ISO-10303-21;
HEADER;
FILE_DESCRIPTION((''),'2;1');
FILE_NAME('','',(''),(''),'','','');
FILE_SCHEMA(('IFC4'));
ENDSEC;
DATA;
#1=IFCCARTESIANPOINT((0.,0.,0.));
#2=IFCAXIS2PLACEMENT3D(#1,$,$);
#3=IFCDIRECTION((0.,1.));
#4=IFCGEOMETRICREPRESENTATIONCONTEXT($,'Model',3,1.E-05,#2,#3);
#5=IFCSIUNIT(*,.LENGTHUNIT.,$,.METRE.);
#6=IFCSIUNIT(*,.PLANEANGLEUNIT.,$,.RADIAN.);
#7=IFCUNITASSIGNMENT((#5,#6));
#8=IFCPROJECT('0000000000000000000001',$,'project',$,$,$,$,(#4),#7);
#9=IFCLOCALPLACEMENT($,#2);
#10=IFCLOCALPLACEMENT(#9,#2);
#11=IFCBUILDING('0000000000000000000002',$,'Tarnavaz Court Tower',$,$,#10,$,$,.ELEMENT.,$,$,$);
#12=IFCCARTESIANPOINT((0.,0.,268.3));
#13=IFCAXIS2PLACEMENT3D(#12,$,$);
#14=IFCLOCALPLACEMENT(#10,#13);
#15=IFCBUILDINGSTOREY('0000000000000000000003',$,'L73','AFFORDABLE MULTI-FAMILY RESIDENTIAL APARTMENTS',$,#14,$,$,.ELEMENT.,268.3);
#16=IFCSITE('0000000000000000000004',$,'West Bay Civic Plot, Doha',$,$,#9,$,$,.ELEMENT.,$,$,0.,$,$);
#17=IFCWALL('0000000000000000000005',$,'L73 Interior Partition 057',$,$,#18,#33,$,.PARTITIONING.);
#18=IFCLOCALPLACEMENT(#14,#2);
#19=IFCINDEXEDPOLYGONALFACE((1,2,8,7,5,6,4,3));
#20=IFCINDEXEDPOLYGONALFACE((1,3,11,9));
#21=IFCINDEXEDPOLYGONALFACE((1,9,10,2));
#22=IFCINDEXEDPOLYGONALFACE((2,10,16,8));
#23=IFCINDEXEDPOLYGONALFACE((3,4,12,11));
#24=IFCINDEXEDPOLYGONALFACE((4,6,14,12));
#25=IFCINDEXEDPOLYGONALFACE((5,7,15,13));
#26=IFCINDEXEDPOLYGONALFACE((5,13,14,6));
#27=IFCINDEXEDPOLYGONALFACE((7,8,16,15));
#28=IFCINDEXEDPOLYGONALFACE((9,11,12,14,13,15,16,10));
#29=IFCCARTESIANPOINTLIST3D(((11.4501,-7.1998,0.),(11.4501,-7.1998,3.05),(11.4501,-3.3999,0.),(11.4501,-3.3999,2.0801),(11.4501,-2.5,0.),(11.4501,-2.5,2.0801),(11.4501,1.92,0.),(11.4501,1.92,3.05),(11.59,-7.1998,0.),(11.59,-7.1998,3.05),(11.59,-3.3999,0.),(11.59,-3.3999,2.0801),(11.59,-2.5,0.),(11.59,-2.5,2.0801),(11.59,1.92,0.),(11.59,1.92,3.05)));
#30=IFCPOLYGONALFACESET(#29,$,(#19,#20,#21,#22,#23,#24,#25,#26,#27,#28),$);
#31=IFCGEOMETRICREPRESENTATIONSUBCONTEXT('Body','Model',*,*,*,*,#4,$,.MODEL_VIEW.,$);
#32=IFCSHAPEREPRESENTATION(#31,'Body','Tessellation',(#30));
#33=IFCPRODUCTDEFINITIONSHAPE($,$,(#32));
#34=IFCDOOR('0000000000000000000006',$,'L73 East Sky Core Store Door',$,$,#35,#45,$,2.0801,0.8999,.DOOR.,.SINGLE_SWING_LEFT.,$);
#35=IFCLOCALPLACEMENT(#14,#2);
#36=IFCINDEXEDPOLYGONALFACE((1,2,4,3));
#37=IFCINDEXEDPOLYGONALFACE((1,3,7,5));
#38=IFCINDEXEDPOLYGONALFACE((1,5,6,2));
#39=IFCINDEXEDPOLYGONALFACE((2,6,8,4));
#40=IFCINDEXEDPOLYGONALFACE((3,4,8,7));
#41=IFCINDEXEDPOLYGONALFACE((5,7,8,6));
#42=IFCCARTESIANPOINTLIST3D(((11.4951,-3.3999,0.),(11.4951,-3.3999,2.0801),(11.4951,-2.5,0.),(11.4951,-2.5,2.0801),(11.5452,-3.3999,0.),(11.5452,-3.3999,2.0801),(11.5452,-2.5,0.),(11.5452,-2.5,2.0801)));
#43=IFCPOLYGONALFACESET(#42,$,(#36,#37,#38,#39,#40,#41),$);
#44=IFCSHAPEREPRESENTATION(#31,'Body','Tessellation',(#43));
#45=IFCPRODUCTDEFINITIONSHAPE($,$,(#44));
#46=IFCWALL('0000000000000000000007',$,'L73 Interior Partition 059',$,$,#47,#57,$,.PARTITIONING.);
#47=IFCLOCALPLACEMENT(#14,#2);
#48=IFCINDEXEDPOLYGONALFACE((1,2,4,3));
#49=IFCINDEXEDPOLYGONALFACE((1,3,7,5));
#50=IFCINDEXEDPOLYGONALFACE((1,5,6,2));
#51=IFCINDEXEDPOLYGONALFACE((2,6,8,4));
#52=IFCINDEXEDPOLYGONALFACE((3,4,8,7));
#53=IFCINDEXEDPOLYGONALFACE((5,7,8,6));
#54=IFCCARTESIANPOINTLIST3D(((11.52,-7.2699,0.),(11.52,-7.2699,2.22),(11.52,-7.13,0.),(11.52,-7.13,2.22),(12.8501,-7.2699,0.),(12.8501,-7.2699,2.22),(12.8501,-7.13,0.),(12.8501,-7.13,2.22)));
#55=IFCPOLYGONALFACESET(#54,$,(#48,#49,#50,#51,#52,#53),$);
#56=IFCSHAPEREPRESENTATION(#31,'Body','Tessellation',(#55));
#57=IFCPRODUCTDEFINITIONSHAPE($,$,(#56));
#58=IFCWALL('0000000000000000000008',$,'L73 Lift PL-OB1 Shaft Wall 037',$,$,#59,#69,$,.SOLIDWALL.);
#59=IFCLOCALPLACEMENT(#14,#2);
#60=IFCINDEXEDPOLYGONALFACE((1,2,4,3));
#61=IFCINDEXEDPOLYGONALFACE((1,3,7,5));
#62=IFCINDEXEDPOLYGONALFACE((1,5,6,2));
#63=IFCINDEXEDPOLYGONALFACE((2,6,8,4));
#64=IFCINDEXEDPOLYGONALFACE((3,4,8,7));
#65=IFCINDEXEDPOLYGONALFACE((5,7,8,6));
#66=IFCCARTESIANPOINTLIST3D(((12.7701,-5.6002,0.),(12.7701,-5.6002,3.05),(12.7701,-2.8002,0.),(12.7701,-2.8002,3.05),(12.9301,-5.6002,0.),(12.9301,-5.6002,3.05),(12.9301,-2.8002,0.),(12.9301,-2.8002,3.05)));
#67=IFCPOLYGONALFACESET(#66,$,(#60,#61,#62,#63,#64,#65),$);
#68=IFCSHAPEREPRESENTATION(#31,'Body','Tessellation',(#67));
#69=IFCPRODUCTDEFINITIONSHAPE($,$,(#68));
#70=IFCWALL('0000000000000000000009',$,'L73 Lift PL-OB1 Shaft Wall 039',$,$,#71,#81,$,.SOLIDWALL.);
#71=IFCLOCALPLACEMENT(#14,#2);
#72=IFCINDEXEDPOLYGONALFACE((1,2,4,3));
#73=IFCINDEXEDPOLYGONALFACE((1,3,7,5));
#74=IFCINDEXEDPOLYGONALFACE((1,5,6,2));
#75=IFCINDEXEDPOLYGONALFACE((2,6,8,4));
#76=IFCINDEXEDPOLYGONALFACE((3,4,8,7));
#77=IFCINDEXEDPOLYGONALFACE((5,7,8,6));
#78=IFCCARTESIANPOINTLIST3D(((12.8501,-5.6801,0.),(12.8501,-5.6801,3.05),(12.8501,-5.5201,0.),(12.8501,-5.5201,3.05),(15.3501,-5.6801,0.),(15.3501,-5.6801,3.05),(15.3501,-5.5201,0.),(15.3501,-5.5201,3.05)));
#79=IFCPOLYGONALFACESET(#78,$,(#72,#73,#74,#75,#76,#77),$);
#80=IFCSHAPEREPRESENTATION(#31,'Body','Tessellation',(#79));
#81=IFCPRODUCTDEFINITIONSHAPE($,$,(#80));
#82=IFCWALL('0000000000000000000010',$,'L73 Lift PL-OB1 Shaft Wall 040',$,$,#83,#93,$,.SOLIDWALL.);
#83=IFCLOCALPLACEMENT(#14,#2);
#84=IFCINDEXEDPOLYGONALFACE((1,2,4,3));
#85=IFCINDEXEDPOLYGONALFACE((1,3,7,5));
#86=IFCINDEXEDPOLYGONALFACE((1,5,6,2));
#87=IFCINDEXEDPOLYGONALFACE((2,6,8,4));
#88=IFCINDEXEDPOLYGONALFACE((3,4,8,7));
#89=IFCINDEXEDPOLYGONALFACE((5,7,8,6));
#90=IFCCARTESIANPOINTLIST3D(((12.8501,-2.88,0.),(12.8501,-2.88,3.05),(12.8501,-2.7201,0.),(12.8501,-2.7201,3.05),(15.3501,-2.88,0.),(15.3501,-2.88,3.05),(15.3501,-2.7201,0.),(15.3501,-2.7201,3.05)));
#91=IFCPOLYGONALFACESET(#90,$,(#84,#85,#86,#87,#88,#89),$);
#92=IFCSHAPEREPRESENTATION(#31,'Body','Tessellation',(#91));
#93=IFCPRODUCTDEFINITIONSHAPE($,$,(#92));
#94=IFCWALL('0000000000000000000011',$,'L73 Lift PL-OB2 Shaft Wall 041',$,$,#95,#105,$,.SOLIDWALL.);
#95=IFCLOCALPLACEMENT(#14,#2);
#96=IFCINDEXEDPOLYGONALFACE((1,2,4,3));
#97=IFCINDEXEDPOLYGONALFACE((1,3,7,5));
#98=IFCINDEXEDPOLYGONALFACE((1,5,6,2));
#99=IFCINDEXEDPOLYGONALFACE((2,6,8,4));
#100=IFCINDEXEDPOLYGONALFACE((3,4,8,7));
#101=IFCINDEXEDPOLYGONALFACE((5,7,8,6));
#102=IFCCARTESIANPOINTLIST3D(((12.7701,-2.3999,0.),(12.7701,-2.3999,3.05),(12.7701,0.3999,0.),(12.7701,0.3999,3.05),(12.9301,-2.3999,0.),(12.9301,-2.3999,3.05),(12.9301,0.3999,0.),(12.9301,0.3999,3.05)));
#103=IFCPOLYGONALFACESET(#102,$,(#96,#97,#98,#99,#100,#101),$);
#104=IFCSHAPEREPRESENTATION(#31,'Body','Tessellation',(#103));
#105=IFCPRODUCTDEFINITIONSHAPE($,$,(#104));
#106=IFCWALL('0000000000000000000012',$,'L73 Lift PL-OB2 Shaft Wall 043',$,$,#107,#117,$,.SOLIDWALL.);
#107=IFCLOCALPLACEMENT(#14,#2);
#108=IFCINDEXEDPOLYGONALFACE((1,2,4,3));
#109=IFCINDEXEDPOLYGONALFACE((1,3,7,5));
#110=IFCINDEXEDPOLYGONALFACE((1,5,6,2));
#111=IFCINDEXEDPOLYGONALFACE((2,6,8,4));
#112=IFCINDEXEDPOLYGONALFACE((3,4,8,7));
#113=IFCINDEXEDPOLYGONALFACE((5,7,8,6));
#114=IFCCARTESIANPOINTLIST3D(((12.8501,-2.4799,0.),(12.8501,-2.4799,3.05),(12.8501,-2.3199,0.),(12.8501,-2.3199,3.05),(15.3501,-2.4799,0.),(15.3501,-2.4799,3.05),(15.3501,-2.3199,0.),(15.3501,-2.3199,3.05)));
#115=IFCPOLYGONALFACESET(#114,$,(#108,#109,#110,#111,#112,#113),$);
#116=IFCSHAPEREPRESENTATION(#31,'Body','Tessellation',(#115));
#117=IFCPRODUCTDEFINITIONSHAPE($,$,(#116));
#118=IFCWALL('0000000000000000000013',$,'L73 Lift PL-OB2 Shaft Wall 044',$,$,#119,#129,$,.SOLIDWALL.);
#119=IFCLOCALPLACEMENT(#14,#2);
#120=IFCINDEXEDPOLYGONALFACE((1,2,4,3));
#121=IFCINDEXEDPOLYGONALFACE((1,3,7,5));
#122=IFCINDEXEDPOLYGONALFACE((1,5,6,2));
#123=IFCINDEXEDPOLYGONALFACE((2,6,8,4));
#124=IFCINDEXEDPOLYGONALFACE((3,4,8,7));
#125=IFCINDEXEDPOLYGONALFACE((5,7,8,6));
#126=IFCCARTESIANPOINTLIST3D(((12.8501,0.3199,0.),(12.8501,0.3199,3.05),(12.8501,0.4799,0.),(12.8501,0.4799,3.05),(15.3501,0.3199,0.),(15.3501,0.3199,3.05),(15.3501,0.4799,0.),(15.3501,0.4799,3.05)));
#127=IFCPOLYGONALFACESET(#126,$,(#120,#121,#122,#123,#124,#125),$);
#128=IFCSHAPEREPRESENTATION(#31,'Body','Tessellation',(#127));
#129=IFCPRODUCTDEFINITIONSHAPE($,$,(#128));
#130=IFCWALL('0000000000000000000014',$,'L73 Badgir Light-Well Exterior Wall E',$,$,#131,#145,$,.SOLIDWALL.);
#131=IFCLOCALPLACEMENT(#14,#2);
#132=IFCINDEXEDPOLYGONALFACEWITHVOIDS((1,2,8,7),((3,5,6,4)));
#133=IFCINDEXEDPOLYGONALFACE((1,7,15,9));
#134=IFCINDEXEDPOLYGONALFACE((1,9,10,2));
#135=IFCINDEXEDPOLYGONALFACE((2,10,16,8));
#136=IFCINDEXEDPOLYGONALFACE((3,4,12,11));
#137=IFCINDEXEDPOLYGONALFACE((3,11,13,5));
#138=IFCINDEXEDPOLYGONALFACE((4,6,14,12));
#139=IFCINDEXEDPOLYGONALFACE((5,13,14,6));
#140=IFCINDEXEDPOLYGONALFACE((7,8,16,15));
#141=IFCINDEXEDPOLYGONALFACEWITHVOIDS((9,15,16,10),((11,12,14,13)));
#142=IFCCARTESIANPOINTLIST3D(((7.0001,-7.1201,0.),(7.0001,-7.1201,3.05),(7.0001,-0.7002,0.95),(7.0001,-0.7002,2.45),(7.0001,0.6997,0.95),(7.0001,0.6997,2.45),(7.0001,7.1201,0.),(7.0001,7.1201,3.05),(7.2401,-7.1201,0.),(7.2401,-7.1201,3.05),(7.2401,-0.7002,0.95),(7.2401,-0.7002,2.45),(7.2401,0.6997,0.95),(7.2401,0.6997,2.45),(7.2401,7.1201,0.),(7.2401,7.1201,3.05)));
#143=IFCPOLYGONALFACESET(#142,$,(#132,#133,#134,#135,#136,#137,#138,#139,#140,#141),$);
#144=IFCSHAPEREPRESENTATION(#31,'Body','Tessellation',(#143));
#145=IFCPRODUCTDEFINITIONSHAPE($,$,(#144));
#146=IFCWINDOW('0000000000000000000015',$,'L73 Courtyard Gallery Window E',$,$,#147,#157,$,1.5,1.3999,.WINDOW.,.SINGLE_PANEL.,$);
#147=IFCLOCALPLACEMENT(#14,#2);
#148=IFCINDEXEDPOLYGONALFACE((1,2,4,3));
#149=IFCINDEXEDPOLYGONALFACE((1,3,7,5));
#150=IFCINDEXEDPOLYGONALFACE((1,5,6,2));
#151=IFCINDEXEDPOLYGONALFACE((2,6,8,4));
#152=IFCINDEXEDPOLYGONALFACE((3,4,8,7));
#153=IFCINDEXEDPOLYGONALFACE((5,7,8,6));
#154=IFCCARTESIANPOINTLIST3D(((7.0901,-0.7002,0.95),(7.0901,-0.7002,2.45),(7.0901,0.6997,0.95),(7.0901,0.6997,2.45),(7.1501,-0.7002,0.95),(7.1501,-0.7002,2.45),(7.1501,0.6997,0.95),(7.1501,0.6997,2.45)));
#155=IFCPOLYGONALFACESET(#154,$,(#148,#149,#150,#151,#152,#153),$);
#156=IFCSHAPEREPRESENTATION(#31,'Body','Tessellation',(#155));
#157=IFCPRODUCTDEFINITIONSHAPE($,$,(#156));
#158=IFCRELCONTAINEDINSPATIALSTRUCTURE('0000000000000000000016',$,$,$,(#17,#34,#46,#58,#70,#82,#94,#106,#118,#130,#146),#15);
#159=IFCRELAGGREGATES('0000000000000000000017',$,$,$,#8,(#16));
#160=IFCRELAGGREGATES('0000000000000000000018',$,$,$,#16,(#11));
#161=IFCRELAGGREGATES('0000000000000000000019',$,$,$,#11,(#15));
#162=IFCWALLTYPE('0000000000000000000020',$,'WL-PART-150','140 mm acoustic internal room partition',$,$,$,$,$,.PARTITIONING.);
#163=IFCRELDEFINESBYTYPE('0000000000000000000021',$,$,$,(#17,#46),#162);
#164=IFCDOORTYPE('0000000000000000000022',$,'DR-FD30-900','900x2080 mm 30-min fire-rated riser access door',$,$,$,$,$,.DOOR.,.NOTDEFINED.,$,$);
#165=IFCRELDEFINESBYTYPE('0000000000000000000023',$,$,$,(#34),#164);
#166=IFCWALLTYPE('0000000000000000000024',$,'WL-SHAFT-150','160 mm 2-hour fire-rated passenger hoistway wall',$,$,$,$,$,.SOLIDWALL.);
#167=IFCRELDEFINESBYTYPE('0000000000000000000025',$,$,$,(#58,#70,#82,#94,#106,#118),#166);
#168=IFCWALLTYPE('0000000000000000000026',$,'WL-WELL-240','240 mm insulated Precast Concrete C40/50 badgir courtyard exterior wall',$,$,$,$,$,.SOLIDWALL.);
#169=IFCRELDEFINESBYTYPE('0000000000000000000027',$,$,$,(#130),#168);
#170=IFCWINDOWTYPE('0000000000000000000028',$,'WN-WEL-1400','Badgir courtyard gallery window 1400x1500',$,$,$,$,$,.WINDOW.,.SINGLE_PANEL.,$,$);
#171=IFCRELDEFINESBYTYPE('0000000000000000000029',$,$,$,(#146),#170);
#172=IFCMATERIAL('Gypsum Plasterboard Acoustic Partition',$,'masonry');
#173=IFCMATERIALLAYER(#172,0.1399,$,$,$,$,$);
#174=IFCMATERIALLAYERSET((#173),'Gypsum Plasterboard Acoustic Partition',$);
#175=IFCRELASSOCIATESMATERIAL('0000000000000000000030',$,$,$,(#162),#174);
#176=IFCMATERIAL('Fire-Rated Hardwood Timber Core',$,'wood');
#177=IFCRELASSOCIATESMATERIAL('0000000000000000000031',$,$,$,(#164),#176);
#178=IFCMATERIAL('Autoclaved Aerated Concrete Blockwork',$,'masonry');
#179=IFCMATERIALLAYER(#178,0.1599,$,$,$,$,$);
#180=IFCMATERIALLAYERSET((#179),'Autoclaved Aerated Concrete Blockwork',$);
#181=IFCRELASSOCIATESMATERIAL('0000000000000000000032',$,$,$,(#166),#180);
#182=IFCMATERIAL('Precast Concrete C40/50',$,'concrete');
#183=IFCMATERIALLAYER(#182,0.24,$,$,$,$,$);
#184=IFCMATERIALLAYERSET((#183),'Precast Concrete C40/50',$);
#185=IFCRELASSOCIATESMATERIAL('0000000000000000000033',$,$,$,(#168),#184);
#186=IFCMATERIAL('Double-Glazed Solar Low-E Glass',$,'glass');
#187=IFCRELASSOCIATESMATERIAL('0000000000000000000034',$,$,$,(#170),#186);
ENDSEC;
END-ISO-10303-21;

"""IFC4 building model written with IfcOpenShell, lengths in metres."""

from ifc_helpers import new_model, si_unit, direction, frame, frame_2d, origin, place, context, subcontext, project, spatial, rectangle, extrude, material, layer, layer_set, type_object, element, fill, save


model = new_model("IFC4")

# Units and contexts
model_context = context("Model", 3, precision=1e-05, world=origin(), true_north=direction((0.0, 1.0)))
body_context = subcontext(model_context, "Body", "Model", "MODEL_VIEW")
ifc_project = project(units=[si_unit("LENGTHUNIT", "METRE"), si_unit("PLANEANGLEUNIT", "RADIAN")], contexts=[model_context])

# Site, building, storey
site_placement = place(None, origin())
site = spatial("IfcSite", under=ifc_project, at=site_placement, Name="West Bay Civic Plot, Doha", CompositionType="ELEMENT", RefElevation=0.0)
building_placement = place(site_placement, origin())
building = spatial("IfcBuilding", under=site, at=building_placement, Name="Tarnavaz Court Tower", CompositionType="ELEMENT")
storey_placement = place(building_placement, frame((0.0, 0.0, 268.3)))
storey = spatial("IfcBuildingStorey", under=building, at=storey_placement, Name="L73", Description="AFFORDABLE MULTI-FAMILY RESIDENTIAL APARTMENTS", CompositionType="ELEMENT", Elevation=268.3)

# Shared definitions
ifc_material_1 = material(Name="Fire-Rated Hardwood Timber Core", Category="wood")

# Shared definitions
ifc_material_2 = material(Name="Gypsum Plasterboard Acoustic Partition", Category="masonry")
ifc_layer_1 = layer(ifc_material_2, 0.1399)
ifc_layer_set_1 = layer_set([ifc_layer_1], Name="Gypsum Plasterboard Acoustic Partition")
wall_type_1 = type_object("IfcWallType", Name="WL-PART-150", Description="140 mm acoustic internal room partition", PredefinedType="PARTITIONING", material=ifc_layer_set_1)

# Wall, opening, door
wall_1_placement = place(storey_placement, frame((11.52, -7.2, 0.0), z_axis=(0.0, 0.0, 1.0), x_axis=(0.0, 1.0, 0.0)))
wall_1 = element("IfcWall", 1, at=wall_1_placement, inside=storey, type_object=wall_type_1, Name="L73 Interior Partition 057", PredefinedType="PARTITIONING", context=body_context, shape_type="SweptSolid", body=[
    extrude(rectangle(XDim=9.1199, YDim=0.1399, at=frame_2d((4.5601, 0.0))), origin(), (0.0, 0.0, 1.0), 3.05),
])
opening_1_placement = place(wall_1_placement, frame((3.8, 0.0, 0.0)))
opening_1 = element("IfcOpeningElement", 2, at=opening_1_placement, cuts=wall_1, PredefinedType="OPENING", context=body_context, shape_type="SweptSolid", body=[
    extrude(rectangle(XDim=0.8999, YDim=2.0801, at=frame_2d((0.45, 1.04))), frame((0.0, 0.0798, 0.0), z_axis=(0.0, -1.0, 0.0), x_axis=(1.0, 0.0, 0.0)), (0.0, 0.0, 1.0), 0.1599),
])
door_type_1 = type_object("IfcDoorType", Name="DR-FD30-900", Description="900x2080 mm 30-min fire-rated riser access door", OperationType="NOTDEFINED", PredefinedType="DOOR", material=ifc_material_1)
door_1_placement = place(opening_1_placement, origin())
door_1 = element("IfcDoor", 3, at=door_1_placement, inside=storey, type_object=door_type_1, Name="L73 East Sky Core Store Door", OperationType="SINGLE_SWING_LEFT", OverallHeight=2.0801, OverallWidth=0.8999, PredefinedType="DOOR", context=body_context, shape_type="SweptSolid", body=[
    extrude(rectangle(XDim=0.8999, YDim=2.0801, at=frame_2d((0.45, 1.04))), frame((0.0, 0.0249, 0.0), z_axis=(0.0, -1.0, 0.0), x_axis=(1.0, 0.0, 0.0)), (0.0, 0.0, 1.0), 0.05),
])
fill(opening_1, door_1)

# Walls
wall_2_placement = place(storey_placement, frame((11.52, -7.2, 0.0), z_axis=(0.0, 0.0, 1.0), x_axis=(1.0, 0.0, 0.0)))
element("IfcWall", 4, at=wall_2_placement, inside=storey, type_object=wall_type_1, Name="L73 Interior Partition 059", PredefinedType="PARTITIONING", context=body_context, shape_type="SweptSolid", body=[
    extrude(rectangle(XDim=1.3301, YDim=0.1399, at=frame_2d((0.665, 0.0))), origin(), (0.0, 0.0, 1.0), 2.22),
])
ifc_material_3 = material(Name="Autoclaved Aerated Concrete Blockwork", Category="masonry")
ifc_layer_2 = layer(ifc_material_3, 0.1599)
ifc_layer_set_2 = layer_set([ifc_layer_2], Name="Autoclaved Aerated Concrete Blockwork")
wall_type_2 = type_object("IfcWallType", Name="WL-SHAFT-150", Description="160 mm 2-hour fire-rated passenger hoistway wall", PredefinedType="SOLIDWALL", material=ifc_layer_set_2)
wall_3_placement = place(storey_placement, frame((12.8501, -5.6001, 0.0), z_axis=(0.0, 0.0, 1.0), x_axis=(0.0, 1.0, 0.0)))
element("IfcWall", 5, at=wall_3_placement, inside=storey, type_object=wall_type_2, Name="L73 Lift PL-OB1 Shaft Wall 037", PredefinedType="SOLIDWALL", context=body_context, shape_type="SweptSolid", body=[
    extrude(rectangle(XDim=2.8, YDim=0.1599, at=frame_2d((1.3999, 0.0))), origin(), (0.0, 0.0, 1.0), 3.05),
])
for number, where, z_axis, x_axis, name in (
    (6, (12.8501, -5.6001, 0.0), (0.0, 0.0, 1.0), (1.0, 0.0, 0.0), "L73 Lift PL-OB1 Shaft Wall 039"),
    (7, (12.8501, -2.8, 0.0), (0.0, 0.0, 1.0), (1.0, 0.0, 0.0), "L73 Lift PL-OB1 Shaft Wall 040"),
):
    element("IfcWall", number, at=place(storey_placement, frame(where, z_axis=z_axis, x_axis=x_axis)), inside=storey, type_object=wall_type_2, Name=name, PredefinedType="SOLIDWALL", context=body_context, shape_type="SweptSolid", body=[
        extrude(rectangle(XDim=2.5, YDim=0.1599, at=frame_2d((1.25, 0.0))), origin(), (0.0, 0.0, 1.0), 3.05),
    ])
wall_4_placement = place(storey_placement, frame((12.8501, -2.3999, 0.0), z_axis=(0.0, 0.0, 1.0), x_axis=(0.0, 1.0, 0.0)))
element("IfcWall", 8, at=wall_4_placement, inside=storey, type_object=wall_type_2, Name="L73 Lift PL-OB2 Shaft Wall 041", PredefinedType="SOLIDWALL", context=body_context, shape_type="SweptSolid", body=[
    extrude(rectangle(XDim=2.7998, YDim=0.1599, at=frame_2d((1.3999, 0.0))), origin(), (0.0, 0.0, 1.0), 3.05),
])
for number, where, z_axis, x_axis, name in (
    (9, (12.8501, -2.3999, 0.0), (0.0, 0.0, 1.0), (1.0, 0.0, 0.0), "L73 Lift PL-OB2 Shaft Wall 043"),
    (10, (12.8501, 0.3999, 0.0), (0.0, 0.0, 1.0), (1.0, 0.0, 0.0), "L73 Lift PL-OB2 Shaft Wall 044"),
):
    element("IfcWall", number, at=place(storey_placement, frame(where, z_axis=z_axis, x_axis=x_axis)), inside=storey, type_object=wall_type_2, Name=name, PredefinedType="SOLIDWALL", context=body_context, shape_type="SweptSolid", body=[
        extrude(rectangle(XDim=2.5, YDim=0.1599, at=frame_2d((1.25, 0.0))), origin(), (0.0, 0.0, 1.0), 3.05),
    ])

# Wall, opening, window
ifc_material_4 = material(Name="Precast Concrete C40/50", Category="concrete")
ifc_layer_3 = layer(ifc_material_4, 0.24)
ifc_layer_set_3 = layer_set([ifc_layer_3], Name="Precast Concrete C40/50")
wall_type_3 = type_object("IfcWallType", Name="WL-WELL-240", Description="240 mm insulated Precast Concrete C40/50 badgir courtyard exterior wall", PredefinedType="SOLIDWALL", material=ifc_layer_set_3)
wall_5_placement = place(storey_placement, frame((7.1201, -7.1201, 0.0), z_axis=(0.0, 0.0, 1.0), x_axis=(0.0, 1.0, 0.0)))
wall_5 = element("IfcWall", 11, at=wall_5_placement, inside=storey, type_object=wall_type_3, Name="L73 Badgir Light-Well Exterior Wall E", PredefinedType="SOLIDWALL", context=body_context, shape_type="SweptSolid", body=[
    extrude(rectangle(XDim=14.2402, YDim=0.24, at=frame_2d((7.1201, 0.0))), origin(), (0.0, 0.0, 1.0), 3.05),
])
opening_2_placement = place(wall_5_placement, frame((6.4199, 0.0, 0.95)))
opening_2 = element("IfcOpeningElement", 12, at=opening_2_placement, cuts=wall_5, PredefinedType="OPENING", context=body_context, shape_type="SweptSolid", body=[
    extrude(rectangle(XDim=1.3999, YDim=1.5, at=frame_2d((0.7, 0.75))), frame((0.0, 0.1299, 0.0), z_axis=(0.0, -1.0, 0.0), x_axis=(1.0, 0.0, 0.0)), (0.0, 0.0, 1.0), 0.26),
])
ifc_material_5 = material(Name="Double-Glazed Solar Low-E Glass", Category="glass")
window_type = type_object("IfcWindowType", Name="WN-WEL-1400", Description="Badgir courtyard gallery window 1400x1500", PartitioningType="SINGLE_PANEL", PredefinedType="WINDOW", material=ifc_material_5)
window_placement = place(opening_2_placement, origin())
window = element("IfcWindow", 13, at=window_placement, inside=storey, type_object=window_type, Name="L73 Courtyard Gallery Window E", OverallHeight=1.5, OverallWidth=1.3999, PartitioningType="SINGLE_PANEL", PredefinedType="WINDOW", context=body_context, shape_type="SweptSolid", body=[
    extrude(rectangle(XDim=1.3999, YDim=1.5, at=frame_2d((0.7, 0.75))), frame((0.0, 0.03, 0.0), z_axis=(0.0, -1.0, 0.0), x_axis=(1.0, 0.0, 0.0)), (0.0, 0.0, 1.0), 0.0601),
])
fill(opening_2, window)

save(model, "model.ifc")
